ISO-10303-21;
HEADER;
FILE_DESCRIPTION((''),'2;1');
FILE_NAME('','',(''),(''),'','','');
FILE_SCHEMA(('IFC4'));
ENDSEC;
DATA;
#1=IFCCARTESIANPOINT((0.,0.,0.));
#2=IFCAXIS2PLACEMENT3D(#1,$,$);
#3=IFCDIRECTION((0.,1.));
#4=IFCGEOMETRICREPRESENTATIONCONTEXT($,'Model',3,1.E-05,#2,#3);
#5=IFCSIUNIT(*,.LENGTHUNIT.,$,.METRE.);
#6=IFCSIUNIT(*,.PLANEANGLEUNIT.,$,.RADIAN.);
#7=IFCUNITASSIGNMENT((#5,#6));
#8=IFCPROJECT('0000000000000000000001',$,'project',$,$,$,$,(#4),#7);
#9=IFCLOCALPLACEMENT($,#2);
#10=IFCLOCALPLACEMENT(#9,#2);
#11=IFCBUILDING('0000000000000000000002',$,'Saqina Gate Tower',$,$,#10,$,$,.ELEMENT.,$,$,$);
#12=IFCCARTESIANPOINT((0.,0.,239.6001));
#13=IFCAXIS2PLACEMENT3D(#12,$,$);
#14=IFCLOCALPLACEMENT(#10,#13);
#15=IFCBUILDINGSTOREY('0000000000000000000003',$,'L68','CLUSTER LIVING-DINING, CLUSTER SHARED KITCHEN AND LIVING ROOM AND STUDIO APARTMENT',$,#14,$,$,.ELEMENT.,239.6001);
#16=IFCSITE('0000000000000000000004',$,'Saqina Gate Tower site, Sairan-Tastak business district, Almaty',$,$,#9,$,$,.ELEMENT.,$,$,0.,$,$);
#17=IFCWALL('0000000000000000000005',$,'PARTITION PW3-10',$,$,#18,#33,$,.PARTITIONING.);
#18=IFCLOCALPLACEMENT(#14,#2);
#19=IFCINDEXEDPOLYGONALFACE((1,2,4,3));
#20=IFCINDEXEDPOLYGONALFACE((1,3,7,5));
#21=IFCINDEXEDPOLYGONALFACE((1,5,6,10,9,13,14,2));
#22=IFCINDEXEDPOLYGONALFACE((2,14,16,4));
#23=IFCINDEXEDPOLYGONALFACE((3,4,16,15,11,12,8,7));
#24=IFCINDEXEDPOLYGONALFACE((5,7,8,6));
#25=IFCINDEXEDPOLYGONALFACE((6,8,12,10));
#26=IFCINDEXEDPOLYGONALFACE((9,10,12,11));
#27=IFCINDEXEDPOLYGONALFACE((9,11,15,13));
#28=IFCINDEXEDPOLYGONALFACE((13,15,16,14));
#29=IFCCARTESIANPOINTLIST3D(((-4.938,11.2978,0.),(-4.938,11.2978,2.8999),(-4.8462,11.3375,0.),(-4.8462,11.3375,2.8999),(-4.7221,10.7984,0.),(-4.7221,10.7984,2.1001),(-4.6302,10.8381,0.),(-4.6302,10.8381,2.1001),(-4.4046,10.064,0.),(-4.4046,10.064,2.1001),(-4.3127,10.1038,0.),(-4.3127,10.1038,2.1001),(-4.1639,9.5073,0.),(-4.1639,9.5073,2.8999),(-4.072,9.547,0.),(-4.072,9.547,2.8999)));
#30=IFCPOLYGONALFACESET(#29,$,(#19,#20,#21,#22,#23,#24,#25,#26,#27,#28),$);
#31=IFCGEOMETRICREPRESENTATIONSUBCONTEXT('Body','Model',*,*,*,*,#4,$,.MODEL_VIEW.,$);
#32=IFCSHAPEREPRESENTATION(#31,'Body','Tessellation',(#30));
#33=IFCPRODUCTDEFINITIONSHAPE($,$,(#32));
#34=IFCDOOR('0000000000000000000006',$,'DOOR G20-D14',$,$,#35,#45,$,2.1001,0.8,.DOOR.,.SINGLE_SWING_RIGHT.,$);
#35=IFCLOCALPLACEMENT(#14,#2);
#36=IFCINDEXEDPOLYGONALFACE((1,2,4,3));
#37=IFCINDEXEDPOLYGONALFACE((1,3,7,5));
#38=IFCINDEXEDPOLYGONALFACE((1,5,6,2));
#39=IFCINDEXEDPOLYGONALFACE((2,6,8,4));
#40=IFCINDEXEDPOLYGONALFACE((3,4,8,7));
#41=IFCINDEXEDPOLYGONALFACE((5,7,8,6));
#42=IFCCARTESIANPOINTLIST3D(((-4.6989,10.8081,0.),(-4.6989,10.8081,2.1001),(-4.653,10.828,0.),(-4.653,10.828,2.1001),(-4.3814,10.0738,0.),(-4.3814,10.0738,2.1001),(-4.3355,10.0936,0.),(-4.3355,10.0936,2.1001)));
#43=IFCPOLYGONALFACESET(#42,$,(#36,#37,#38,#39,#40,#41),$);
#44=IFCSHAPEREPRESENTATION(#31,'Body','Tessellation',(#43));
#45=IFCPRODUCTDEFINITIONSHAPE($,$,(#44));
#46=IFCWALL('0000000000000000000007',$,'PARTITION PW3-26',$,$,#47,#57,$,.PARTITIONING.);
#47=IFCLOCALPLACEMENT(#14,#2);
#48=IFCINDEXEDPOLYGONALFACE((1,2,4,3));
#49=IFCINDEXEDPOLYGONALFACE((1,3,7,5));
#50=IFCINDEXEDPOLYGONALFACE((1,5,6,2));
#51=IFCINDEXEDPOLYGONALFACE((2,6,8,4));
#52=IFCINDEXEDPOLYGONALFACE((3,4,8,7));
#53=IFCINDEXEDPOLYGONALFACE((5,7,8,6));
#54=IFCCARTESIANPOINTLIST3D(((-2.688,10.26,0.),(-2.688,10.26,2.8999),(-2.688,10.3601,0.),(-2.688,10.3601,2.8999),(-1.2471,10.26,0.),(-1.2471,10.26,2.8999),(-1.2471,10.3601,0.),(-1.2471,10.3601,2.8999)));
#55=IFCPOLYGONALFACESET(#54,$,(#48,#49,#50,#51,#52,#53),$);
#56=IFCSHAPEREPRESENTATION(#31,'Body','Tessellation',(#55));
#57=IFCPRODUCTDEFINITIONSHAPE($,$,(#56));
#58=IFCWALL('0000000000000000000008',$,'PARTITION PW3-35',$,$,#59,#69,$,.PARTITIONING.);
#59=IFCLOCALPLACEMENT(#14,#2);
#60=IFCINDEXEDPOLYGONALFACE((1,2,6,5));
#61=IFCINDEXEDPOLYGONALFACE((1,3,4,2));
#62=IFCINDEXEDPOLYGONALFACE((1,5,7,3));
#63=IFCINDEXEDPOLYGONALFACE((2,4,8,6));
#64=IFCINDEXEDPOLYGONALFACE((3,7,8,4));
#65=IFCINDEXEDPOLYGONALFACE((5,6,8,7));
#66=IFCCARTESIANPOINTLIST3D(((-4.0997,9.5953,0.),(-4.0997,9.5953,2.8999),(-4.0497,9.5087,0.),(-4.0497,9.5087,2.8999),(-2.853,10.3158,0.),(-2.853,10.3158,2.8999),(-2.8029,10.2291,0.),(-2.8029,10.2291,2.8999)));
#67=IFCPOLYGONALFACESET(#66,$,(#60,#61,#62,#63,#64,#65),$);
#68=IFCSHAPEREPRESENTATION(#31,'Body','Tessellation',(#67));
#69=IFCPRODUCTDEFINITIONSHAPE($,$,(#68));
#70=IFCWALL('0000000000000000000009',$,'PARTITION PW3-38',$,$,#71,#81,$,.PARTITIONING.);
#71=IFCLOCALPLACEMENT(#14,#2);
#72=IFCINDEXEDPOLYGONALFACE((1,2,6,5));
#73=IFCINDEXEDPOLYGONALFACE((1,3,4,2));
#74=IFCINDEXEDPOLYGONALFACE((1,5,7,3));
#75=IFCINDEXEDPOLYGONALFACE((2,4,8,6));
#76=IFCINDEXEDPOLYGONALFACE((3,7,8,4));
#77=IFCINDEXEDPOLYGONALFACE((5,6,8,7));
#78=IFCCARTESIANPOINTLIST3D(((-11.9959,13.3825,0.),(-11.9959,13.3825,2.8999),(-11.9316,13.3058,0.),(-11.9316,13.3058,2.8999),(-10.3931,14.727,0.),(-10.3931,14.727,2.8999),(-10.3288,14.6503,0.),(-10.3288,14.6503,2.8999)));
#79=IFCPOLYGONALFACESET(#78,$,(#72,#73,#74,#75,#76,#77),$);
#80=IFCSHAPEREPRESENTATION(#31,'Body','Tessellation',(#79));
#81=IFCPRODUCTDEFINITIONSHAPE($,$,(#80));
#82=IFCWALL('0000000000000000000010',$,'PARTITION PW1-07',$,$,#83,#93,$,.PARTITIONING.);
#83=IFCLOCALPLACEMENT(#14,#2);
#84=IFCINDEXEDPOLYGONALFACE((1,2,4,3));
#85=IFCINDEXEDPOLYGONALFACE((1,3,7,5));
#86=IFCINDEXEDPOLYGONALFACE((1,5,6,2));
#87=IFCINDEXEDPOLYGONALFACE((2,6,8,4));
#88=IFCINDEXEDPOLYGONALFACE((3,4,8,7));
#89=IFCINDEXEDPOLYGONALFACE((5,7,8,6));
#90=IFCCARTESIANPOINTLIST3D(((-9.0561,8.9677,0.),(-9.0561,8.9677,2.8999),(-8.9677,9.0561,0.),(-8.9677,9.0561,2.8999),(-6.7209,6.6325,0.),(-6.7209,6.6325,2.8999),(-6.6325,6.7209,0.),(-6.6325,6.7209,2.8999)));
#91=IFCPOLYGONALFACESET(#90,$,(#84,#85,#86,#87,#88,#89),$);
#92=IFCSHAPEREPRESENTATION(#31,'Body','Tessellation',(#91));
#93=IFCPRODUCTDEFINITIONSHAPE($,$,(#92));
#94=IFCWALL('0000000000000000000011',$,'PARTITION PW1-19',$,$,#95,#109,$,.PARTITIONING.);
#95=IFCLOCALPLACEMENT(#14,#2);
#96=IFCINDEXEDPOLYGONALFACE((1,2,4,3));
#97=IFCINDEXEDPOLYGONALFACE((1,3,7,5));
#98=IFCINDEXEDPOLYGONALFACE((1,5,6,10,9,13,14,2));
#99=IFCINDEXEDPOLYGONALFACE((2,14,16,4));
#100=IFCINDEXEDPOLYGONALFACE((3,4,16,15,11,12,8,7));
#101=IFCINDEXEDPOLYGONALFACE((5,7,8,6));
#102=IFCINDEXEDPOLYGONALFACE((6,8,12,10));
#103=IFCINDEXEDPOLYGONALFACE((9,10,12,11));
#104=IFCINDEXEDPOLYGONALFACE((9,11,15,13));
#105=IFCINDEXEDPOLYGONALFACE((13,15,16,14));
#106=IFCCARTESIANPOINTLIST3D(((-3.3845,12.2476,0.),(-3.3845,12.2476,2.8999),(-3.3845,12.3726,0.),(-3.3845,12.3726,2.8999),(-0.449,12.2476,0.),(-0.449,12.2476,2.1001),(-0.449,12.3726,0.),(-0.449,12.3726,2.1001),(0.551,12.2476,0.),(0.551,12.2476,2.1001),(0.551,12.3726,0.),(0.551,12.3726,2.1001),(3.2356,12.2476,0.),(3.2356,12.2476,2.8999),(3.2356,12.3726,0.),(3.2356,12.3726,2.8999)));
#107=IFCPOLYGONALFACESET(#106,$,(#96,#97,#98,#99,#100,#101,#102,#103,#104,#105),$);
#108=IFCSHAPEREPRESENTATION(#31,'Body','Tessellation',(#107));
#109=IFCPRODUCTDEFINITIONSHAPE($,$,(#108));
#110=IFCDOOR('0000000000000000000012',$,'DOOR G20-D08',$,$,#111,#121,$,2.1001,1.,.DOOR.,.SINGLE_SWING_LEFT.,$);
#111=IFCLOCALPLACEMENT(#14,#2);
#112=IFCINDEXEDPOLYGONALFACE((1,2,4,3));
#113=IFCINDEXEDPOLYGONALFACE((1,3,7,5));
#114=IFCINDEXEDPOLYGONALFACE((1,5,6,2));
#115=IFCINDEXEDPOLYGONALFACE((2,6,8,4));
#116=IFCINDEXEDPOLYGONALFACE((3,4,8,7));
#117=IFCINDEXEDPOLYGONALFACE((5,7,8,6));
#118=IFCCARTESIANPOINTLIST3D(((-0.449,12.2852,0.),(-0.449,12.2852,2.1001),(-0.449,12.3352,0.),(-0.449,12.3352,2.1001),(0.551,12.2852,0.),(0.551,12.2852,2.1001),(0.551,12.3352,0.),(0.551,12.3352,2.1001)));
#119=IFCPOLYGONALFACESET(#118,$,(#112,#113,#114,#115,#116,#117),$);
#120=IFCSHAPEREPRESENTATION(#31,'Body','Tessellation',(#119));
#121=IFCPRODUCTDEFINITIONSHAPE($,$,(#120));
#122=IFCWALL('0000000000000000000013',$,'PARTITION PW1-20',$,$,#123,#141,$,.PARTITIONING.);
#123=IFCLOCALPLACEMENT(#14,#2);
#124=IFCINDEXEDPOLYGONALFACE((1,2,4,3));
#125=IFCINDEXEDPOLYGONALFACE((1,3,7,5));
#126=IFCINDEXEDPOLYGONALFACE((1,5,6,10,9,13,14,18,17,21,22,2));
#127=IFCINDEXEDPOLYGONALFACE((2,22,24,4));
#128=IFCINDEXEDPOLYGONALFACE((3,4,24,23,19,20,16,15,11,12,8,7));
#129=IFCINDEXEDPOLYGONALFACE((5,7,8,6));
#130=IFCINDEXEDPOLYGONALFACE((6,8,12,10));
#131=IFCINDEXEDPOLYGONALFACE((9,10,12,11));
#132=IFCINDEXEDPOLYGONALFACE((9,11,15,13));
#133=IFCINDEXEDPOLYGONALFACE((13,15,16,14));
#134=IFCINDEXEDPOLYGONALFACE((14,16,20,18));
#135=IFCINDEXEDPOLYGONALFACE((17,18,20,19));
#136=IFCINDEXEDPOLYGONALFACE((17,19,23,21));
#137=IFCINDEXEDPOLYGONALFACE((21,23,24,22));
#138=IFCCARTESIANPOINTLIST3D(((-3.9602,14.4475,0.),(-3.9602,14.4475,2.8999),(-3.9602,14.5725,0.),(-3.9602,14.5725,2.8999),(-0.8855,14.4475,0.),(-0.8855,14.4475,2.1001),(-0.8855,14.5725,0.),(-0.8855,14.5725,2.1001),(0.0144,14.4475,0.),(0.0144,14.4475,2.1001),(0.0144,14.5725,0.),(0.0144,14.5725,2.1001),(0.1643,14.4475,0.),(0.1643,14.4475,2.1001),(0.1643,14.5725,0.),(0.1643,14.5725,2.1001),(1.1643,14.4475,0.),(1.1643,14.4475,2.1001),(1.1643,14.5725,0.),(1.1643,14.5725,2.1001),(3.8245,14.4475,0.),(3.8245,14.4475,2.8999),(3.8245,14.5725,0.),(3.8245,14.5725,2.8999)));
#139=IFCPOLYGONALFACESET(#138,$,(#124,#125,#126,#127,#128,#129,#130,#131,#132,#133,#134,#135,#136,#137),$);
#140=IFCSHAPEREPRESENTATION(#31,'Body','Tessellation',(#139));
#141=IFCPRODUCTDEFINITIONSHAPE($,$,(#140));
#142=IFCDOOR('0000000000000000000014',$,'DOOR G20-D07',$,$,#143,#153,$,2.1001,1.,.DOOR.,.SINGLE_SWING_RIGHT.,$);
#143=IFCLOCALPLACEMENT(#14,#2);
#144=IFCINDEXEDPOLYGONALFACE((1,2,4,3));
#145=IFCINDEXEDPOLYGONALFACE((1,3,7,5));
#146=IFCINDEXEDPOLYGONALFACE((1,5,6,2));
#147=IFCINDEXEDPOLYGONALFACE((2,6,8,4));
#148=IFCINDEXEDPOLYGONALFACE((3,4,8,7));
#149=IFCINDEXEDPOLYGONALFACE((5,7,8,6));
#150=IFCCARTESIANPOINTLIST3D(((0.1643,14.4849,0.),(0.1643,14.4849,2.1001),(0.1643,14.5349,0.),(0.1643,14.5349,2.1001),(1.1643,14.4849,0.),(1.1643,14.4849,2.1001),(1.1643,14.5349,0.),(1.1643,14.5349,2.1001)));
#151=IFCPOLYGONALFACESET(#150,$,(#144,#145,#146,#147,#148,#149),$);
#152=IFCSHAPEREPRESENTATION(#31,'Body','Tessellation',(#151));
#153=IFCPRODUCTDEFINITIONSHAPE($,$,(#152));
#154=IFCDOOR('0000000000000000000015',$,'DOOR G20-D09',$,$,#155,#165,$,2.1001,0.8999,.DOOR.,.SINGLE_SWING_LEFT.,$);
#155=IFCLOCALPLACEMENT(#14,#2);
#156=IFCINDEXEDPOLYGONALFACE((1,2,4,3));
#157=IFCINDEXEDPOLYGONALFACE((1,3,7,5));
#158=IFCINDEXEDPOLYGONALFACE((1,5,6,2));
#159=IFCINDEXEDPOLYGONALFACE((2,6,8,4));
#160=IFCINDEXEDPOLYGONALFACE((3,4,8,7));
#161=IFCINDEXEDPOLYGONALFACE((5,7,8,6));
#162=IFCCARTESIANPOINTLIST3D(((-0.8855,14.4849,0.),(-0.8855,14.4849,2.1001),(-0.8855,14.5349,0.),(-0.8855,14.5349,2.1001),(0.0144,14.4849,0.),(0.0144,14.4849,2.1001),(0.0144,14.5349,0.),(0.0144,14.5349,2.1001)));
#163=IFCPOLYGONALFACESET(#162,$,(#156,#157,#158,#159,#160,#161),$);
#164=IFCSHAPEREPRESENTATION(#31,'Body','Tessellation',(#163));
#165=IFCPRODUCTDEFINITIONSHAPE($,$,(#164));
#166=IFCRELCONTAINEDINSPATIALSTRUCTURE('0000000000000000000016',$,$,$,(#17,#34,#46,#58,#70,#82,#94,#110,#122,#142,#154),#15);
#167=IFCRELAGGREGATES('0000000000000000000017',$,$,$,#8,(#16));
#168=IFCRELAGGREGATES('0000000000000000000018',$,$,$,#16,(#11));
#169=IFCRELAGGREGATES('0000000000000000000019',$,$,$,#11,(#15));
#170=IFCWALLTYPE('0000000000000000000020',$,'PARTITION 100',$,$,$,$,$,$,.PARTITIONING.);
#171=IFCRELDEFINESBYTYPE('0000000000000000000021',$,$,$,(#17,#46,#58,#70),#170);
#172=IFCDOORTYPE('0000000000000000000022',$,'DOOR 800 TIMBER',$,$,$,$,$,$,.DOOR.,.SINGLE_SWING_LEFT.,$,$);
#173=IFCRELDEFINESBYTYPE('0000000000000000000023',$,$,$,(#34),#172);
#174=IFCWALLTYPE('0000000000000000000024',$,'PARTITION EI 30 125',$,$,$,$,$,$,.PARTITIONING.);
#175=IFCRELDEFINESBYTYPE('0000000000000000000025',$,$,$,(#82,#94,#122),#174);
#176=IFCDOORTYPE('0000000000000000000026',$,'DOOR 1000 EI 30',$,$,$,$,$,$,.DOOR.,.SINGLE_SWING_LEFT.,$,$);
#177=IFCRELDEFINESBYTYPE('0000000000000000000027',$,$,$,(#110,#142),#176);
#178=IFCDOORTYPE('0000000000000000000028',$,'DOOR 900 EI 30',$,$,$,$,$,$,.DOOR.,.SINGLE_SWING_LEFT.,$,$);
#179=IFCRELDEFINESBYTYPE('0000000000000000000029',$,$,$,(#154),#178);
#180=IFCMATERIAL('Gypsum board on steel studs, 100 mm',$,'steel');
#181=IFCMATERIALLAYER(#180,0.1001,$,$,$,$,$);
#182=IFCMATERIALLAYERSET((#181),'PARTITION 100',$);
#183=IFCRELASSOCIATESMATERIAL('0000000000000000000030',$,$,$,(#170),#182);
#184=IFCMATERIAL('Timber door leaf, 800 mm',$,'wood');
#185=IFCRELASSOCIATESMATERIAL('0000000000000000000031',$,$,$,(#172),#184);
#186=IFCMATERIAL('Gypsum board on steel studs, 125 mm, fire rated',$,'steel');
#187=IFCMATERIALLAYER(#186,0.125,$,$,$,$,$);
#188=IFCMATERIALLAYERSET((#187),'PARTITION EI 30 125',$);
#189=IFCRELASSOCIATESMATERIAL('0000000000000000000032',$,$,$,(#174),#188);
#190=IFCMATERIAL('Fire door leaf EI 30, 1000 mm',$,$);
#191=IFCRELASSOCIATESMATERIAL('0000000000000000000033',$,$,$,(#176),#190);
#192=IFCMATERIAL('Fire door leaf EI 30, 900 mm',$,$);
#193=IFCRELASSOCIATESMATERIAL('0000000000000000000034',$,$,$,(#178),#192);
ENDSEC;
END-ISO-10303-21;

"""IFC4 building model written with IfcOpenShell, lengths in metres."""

from ifc_helpers import new_model, si_unit, direction, frame, frame_2d, origin, place, context, subcontext, project, spatial, rectangle, extrude, material, layer, layer_set, type_object, element, fill, save


model = new_model("IFC4")

# Units and contexts
model_context = context("Model", 3, precision=1e-05, world=origin(), true_north=direction((0.0, 1.0)))
body_context = subcontext(model_context, "Body", "Model", "MODEL_VIEW")
ifc_project = project(units=[si_unit("LENGTHUNIT", "METRE"), si_unit("PLANEANGLEUNIT", "RADIAN")], contexts=[model_context])

# Site, building, storey
site_placement = place(None, origin())
site = spatial("IfcSite", under=ifc_project, at=site_placement, Name="Saqina Gate Tower site, Sairan-Tastak business district, Almaty", CompositionType="ELEMENT", RefElevation=0.0)
building_placement = place(site_placement, origin())
building = spatial("IfcBuilding", under=site, at=building_placement, Name="Saqina Gate Tower", CompositionType="ELEMENT")
storey_placement = place(building_placement, frame((0.0, 0.0, 239.6001)))
storey = spatial("IfcBuildingStorey", under=building, at=storey_placement, Name="L68", Description="CLUSTER LIVING-DINING, CLUSTER SHARED KITCHEN AND LIVING ROOM AND STUDIO APARTMENT", CompositionType="ELEMENT", Elevation=239.6001)

# Shared definitions
ifc_material_1 = material(Name="Gypsum board on steel studs, 100 mm", Category="steel")
ifc_layer_1 = layer(ifc_material_1, 0.1001)
ifc_layer_set_1 = layer_set([ifc_layer_1], Name="PARTITION 100")
wall_type_1 = type_object("IfcWallType", Name="PARTITION 100", PredefinedType="PARTITIONING", material=ifc_layer_set_1)
ifc_material_2 = material(Name="Timber door leaf, 800 mm", Category="wood")
door_type_1 = type_object("IfcDoorType", Name="DOOR 800 TIMBER", OperationType="SINGLE_SWING_LEFT", PredefinedType="DOOR", material=ifc_material_2)

# Wall, opening, door
wall_1_placement = place(storey_placement, frame((-4.8921, 11.3176, 0.0), z_axis=(0.0, 0.0, 1.0), x_axis=(0.396863, -0.917878, 0.0)))
wall_1 = element("IfcWall", 1, at=wall_1_placement, inside=storey, type_object=wall_type_1, Name="PARTITION PW3-10", PredefinedType="PARTITIONING", context=body_context, shape_type="SweptSolid", body=[
    extrude(rectangle(XDim=1.9507, YDim=0.1001, at=frame_2d((0.9753, 0.0))), origin(), (0.0, 0.0, 1.0), 2.8999),
])
opening_1_placement = place(wall_1_placement, frame((0.5442, 0.0, 0.0)))
opening_1 = element("IfcOpeningElement", 2, at=opening_1_placement, cuts=wall_1, PredefinedType="OPENING", context=body_context, shape_type="SweptSolid", body=[
    extrude(rectangle(XDim=0.8, YDim=2.1001, at=frame_2d((0.3999, 1.05))), frame((0.0, 0.062, 0.0), z_axis=(0.0, -1.0, 0.0), x_axis=(1.0, 0.0, 0.0)), (0.0, 0.0, 1.0), 0.124),
])
door_1_placement = place(opening_1_placement, frame((0.8, 0.0, 0.0), z_axis=(0.0, 0.0, 1.0), x_axis=(-1.0, 0.0, 0.0)))
door_1 = element("IfcDoor", 3, at=door_1_placement, inside=storey, type_object=door_type_1, Name="DOOR G20-D14", OperationType="SINGLE_SWING_RIGHT", OverallHeight=2.1001, OverallWidth=0.8, PredefinedType="DOOR", context=body_context, shape_type="SweptSolid", body=[
    extrude(rectangle(XDim=0.8, YDim=2.1001, at=frame_2d((0.3999, 1.05))), frame((0.0, 0.0249, 0.0), z_axis=(0.0, -1.0, 0.0), x_axis=(1.0, 0.0, 0.0)), (0.0, 0.0, 1.0), 0.05),
])
fill(opening_1, door_1)

# Walls
wall_2_placement = place(storey_placement, frame((-2.688, 10.3101, 0.0), z_axis=(0.0, 0.0, 1.0), x_axis=(1.0, 0.0, 0.0)))
element("IfcWall", 4, at=wall_2_placement, inside=storey, type_object=wall_type_1, Name="PARTITION PW3-26", PredefinedType="PARTITIONING", context=body_context, shape_type="SweptSolid", body=[
    extrude(rectangle(XDim=1.4409, YDim=0.1001, at=frame_2d((0.7205, 0.0))), origin(), (0.0, 0.0, 1.0), 2.8999),
])
wall_3_placement = place(storey_placement, frame((-4.0747, 9.552, 0.0), z_axis=(0.0, 0.0, 1.0), x_axis=(0.865844, 0.500314, 0.0)))
element("IfcWall", 5, at=wall_3_placement, inside=storey, type_object=wall_type_1, Name="PARTITION PW3-35", PredefinedType="PARTITIONING", context=body_context, shape_type="SweptSolid", body=[
    extrude(rectangle(XDim=1.4399, YDim=0.1001, at=frame_2d((0.72, 0.0))), origin(), (0.0, 0.0, 1.0), 2.8999),
])
wall_4_placement = place(storey_placement, frame((-11.9636, 13.3442, 0.0), z_axis=(0.0, 0.0, 1.0), x_axis=(0.766141, 0.642672, 0.0)))
element("IfcWall", 6, at=wall_4_placement, inside=storey, type_object=wall_type_1, Name="PARTITION PW3-38", PredefinedType="PARTITIONING", context=body_context, shape_type="SweptSolid", body=[
    extrude(rectangle(XDim=2.092, YDim=0.1001, at=frame_2d((1.0459, 0.0))), origin(), (0.0, 0.0, 1.0), 2.8999),
])
ifc_material_3 = material(Name="Gypsum board on steel studs, 125 mm, fire rated", Category="steel")
ifc_layer_2 = layer(ifc_material_3, 0.125)
ifc_layer_set_2 = layer_set([ifc_layer_2], Name="PARTITION EI 30 125")
wall_type_2 = type_object("IfcWallType", Name="PARTITION EI 30 125", PredefinedType="PARTITIONING", material=ifc_layer_set_2)
wall_5_placement = place(storey_placement, frame((-9.012, 9.012, 0.0), z_axis=(0.0, 0.0, 1.0), x_axis=(0.707107, -0.707107, 0.0)))
element("IfcWall", 7, at=wall_5_placement, inside=storey, type_object=wall_type_2, Name="PARTITION PW1-07", PredefinedType="PARTITIONING", context=body_context, shape_type="SweptSolid", body=[
    extrude(rectangle(XDim=3.3025, YDim=0.125, at=frame_2d((1.6514, 0.0))), origin(), (0.0, 0.0, 1.0), 2.8999),
])

# Wall, opening, door
wall_6_placement = place(storey_placement, frame((-3.3845, 12.3101, 0.0), z_axis=(0.0, 0.0, 1.0), x_axis=(1.0, 0.0, 0.0)))
wall_6 = element("IfcWall", 8, at=wall_6_placement, inside=storey, type_object=wall_type_2, Name="PARTITION PW1-19", PredefinedType="PARTITIONING", context=body_context, shape_type="SweptSolid", body=[
    extrude(rectangle(XDim=6.6201, YDim=0.125, at=frame_2d((3.3101, 0.0))), origin(), (0.0, 0.0, 1.0), 2.8999),
])
opening_2_placement = place(wall_6_placement, frame((2.9355, 0.0, 0.0)))
opening_2 = element("IfcOpeningElement", 9, at=opening_2_placement, cuts=wall_6, PredefinedType="OPENING", context=body_context, shape_type="SweptSolid", body=[
    extrude(rectangle(XDim=1.0, YDim=2.1001, at=frame_2d((0.5, 1.05))), frame((0.0, 0.0745, 0.0), z_axis=(0.0, -1.0, 0.0), x_axis=(1.0, 0.0, 0.0)), (0.0, 0.0, 1.0), 0.1489),
])
ifc_material_4 = material(Name="Fire door leaf EI 30, 1000 mm")
door_type_2 = type_object("IfcDoorType", Name="DOOR 1000 EI 30", OperationType="SINGLE_SWING_LEFT", PredefinedType="DOOR", material=ifc_material_4)
door_2_placement = place(opening_2_placement, frame((1.0, 0.0, 0.0), z_axis=(0.0, 0.0, 1.0), x_axis=(-1.0, 0.0, 0.0)))
door_2 = element("IfcDoor", 10, at=door_2_placement, inside=storey, type_object=door_type_2, Name="DOOR G20-D08", OperationType="SINGLE_SWING_LEFT", OverallHeight=2.1001, OverallWidth=1.0, PredefinedType="DOOR", context=body_context, shape_type="SweptSolid", body=[
    extrude(rectangle(XDim=1.0, YDim=2.1001, at=frame_2d((0.5, 1.05))), frame((0.0, 0.0249, 0.0), z_axis=(0.0, -1.0, 0.0), x_axis=(1.0, 0.0, 0.0)), (0.0, 0.0, 1.0), 0.05),
])
fill(opening_2, door_2)

# Wall, openings, doors
wall_7_placement = place(storey_placement, frame((-3.9602, 14.51, 0.0), z_axis=(0.0, 0.0, 1.0), x_axis=(1.0, 0.0, 0.0)))
wall_7 = element("IfcWall", 11, at=wall_7_placement, inside=storey, type_object=wall_type_2, Name="PARTITION PW1-20", PredefinedType="PARTITIONING", context=body_context, shape_type="SweptSolid", body=[
    extrude(rectangle(XDim=7.7847, YDim=0.125, at=frame_2d((3.8923, 0.0))), origin(), (0.0, 0.0, 1.0), 2.8999),
])
opening_3_placement = place(wall_7_placement, frame((4.1245, 0.0, 0.0)))
opening_3 = element("IfcOpeningElement", 12, at=opening_3_placement, cuts=wall_7, PredefinedType="OPENING", context=body_context, shape_type="SweptSolid", body=[
    extrude(rectangle(XDim=1.0, YDim=2.1001, at=frame_2d((0.5, 1.05))), frame((0.0, 0.0745, 0.0), z_axis=(0.0, -1.0, 0.0), x_axis=(1.0, 0.0, 0.0)), (0.0, 0.0, 1.0), 0.1489),
])
opening_4_placement = place(wall_7_placement, frame((3.0747, 0.0, 0.0)))
opening_4 = element("IfcOpeningElement", 13, at=opening_4_placement, cuts=wall_7, PredefinedType="OPENING", context=body_context, shape_type="SweptSolid", body=[
    extrude(rectangle(XDim=0.8999, YDim=2.1001, at=frame_2d((0.45, 1.05))), frame((0.0, 0.0745, 0.0), z_axis=(0.0, -1.0, 0.0), x_axis=(1.0, 0.0, 0.0)), (0.0, 0.0, 1.0), 0.1489),
])
door_3_placement = place(opening_3_placement, origin())
door_3 = element("IfcDoor", 14, at=door_3_placement, inside=storey, type_object=door_type_2, Name="DOOR G20-D07", OperationType="SINGLE_SWING_RIGHT", OverallHeight=2.1001, OverallWidth=1.0, PredefinedType="DOOR", context=body_context, shape_type="SweptSolid", body=[
    extrude(rectangle(XDim=1.0, YDim=2.1001, at=frame_2d((0.5, 1.05))), frame((0.0, 0.0249, 0.0), z_axis=(0.0, -1.0, 0.0), x_axis=(1.0, 0.0, 0.0)), (0.0, 0.0, 1.0), 0.05),
])
fill(opening_3, door_3)
ifc_material_5 = material(Name="Fire door leaf EI 30, 900 mm")
door_type_3 = type_object("IfcDoorType", Name="DOOR 900 EI 30", OperationType="SINGLE_SWING_LEFT", PredefinedType="DOOR", material=ifc_material_5)
door_4_placement = place(opening_4_placement, origin())
door_4 = element("IfcDoor", 15, at=door_4_placement, inside=storey, type_object=door_type_3, Name="DOOR G20-D09", OperationType="SINGLE_SWING_LEFT", OverallHeight=2.1001, OverallWidth=0.8999, PredefinedType="DOOR", context=body_context, shape_type="SweptSolid", body=[
    extrude(rectangle(XDim=0.8999, YDim=2.1001, at=frame_2d((0.45, 1.05))), frame((0.0, 0.0249, 0.0), z_axis=(0.0, -1.0, 0.0), x_axis=(1.0, 0.0, 0.0)), (0.0, 0.0, 1.0), 0.05),
])
fill(opening_4, door_4)

save(model, "model.ifc")
